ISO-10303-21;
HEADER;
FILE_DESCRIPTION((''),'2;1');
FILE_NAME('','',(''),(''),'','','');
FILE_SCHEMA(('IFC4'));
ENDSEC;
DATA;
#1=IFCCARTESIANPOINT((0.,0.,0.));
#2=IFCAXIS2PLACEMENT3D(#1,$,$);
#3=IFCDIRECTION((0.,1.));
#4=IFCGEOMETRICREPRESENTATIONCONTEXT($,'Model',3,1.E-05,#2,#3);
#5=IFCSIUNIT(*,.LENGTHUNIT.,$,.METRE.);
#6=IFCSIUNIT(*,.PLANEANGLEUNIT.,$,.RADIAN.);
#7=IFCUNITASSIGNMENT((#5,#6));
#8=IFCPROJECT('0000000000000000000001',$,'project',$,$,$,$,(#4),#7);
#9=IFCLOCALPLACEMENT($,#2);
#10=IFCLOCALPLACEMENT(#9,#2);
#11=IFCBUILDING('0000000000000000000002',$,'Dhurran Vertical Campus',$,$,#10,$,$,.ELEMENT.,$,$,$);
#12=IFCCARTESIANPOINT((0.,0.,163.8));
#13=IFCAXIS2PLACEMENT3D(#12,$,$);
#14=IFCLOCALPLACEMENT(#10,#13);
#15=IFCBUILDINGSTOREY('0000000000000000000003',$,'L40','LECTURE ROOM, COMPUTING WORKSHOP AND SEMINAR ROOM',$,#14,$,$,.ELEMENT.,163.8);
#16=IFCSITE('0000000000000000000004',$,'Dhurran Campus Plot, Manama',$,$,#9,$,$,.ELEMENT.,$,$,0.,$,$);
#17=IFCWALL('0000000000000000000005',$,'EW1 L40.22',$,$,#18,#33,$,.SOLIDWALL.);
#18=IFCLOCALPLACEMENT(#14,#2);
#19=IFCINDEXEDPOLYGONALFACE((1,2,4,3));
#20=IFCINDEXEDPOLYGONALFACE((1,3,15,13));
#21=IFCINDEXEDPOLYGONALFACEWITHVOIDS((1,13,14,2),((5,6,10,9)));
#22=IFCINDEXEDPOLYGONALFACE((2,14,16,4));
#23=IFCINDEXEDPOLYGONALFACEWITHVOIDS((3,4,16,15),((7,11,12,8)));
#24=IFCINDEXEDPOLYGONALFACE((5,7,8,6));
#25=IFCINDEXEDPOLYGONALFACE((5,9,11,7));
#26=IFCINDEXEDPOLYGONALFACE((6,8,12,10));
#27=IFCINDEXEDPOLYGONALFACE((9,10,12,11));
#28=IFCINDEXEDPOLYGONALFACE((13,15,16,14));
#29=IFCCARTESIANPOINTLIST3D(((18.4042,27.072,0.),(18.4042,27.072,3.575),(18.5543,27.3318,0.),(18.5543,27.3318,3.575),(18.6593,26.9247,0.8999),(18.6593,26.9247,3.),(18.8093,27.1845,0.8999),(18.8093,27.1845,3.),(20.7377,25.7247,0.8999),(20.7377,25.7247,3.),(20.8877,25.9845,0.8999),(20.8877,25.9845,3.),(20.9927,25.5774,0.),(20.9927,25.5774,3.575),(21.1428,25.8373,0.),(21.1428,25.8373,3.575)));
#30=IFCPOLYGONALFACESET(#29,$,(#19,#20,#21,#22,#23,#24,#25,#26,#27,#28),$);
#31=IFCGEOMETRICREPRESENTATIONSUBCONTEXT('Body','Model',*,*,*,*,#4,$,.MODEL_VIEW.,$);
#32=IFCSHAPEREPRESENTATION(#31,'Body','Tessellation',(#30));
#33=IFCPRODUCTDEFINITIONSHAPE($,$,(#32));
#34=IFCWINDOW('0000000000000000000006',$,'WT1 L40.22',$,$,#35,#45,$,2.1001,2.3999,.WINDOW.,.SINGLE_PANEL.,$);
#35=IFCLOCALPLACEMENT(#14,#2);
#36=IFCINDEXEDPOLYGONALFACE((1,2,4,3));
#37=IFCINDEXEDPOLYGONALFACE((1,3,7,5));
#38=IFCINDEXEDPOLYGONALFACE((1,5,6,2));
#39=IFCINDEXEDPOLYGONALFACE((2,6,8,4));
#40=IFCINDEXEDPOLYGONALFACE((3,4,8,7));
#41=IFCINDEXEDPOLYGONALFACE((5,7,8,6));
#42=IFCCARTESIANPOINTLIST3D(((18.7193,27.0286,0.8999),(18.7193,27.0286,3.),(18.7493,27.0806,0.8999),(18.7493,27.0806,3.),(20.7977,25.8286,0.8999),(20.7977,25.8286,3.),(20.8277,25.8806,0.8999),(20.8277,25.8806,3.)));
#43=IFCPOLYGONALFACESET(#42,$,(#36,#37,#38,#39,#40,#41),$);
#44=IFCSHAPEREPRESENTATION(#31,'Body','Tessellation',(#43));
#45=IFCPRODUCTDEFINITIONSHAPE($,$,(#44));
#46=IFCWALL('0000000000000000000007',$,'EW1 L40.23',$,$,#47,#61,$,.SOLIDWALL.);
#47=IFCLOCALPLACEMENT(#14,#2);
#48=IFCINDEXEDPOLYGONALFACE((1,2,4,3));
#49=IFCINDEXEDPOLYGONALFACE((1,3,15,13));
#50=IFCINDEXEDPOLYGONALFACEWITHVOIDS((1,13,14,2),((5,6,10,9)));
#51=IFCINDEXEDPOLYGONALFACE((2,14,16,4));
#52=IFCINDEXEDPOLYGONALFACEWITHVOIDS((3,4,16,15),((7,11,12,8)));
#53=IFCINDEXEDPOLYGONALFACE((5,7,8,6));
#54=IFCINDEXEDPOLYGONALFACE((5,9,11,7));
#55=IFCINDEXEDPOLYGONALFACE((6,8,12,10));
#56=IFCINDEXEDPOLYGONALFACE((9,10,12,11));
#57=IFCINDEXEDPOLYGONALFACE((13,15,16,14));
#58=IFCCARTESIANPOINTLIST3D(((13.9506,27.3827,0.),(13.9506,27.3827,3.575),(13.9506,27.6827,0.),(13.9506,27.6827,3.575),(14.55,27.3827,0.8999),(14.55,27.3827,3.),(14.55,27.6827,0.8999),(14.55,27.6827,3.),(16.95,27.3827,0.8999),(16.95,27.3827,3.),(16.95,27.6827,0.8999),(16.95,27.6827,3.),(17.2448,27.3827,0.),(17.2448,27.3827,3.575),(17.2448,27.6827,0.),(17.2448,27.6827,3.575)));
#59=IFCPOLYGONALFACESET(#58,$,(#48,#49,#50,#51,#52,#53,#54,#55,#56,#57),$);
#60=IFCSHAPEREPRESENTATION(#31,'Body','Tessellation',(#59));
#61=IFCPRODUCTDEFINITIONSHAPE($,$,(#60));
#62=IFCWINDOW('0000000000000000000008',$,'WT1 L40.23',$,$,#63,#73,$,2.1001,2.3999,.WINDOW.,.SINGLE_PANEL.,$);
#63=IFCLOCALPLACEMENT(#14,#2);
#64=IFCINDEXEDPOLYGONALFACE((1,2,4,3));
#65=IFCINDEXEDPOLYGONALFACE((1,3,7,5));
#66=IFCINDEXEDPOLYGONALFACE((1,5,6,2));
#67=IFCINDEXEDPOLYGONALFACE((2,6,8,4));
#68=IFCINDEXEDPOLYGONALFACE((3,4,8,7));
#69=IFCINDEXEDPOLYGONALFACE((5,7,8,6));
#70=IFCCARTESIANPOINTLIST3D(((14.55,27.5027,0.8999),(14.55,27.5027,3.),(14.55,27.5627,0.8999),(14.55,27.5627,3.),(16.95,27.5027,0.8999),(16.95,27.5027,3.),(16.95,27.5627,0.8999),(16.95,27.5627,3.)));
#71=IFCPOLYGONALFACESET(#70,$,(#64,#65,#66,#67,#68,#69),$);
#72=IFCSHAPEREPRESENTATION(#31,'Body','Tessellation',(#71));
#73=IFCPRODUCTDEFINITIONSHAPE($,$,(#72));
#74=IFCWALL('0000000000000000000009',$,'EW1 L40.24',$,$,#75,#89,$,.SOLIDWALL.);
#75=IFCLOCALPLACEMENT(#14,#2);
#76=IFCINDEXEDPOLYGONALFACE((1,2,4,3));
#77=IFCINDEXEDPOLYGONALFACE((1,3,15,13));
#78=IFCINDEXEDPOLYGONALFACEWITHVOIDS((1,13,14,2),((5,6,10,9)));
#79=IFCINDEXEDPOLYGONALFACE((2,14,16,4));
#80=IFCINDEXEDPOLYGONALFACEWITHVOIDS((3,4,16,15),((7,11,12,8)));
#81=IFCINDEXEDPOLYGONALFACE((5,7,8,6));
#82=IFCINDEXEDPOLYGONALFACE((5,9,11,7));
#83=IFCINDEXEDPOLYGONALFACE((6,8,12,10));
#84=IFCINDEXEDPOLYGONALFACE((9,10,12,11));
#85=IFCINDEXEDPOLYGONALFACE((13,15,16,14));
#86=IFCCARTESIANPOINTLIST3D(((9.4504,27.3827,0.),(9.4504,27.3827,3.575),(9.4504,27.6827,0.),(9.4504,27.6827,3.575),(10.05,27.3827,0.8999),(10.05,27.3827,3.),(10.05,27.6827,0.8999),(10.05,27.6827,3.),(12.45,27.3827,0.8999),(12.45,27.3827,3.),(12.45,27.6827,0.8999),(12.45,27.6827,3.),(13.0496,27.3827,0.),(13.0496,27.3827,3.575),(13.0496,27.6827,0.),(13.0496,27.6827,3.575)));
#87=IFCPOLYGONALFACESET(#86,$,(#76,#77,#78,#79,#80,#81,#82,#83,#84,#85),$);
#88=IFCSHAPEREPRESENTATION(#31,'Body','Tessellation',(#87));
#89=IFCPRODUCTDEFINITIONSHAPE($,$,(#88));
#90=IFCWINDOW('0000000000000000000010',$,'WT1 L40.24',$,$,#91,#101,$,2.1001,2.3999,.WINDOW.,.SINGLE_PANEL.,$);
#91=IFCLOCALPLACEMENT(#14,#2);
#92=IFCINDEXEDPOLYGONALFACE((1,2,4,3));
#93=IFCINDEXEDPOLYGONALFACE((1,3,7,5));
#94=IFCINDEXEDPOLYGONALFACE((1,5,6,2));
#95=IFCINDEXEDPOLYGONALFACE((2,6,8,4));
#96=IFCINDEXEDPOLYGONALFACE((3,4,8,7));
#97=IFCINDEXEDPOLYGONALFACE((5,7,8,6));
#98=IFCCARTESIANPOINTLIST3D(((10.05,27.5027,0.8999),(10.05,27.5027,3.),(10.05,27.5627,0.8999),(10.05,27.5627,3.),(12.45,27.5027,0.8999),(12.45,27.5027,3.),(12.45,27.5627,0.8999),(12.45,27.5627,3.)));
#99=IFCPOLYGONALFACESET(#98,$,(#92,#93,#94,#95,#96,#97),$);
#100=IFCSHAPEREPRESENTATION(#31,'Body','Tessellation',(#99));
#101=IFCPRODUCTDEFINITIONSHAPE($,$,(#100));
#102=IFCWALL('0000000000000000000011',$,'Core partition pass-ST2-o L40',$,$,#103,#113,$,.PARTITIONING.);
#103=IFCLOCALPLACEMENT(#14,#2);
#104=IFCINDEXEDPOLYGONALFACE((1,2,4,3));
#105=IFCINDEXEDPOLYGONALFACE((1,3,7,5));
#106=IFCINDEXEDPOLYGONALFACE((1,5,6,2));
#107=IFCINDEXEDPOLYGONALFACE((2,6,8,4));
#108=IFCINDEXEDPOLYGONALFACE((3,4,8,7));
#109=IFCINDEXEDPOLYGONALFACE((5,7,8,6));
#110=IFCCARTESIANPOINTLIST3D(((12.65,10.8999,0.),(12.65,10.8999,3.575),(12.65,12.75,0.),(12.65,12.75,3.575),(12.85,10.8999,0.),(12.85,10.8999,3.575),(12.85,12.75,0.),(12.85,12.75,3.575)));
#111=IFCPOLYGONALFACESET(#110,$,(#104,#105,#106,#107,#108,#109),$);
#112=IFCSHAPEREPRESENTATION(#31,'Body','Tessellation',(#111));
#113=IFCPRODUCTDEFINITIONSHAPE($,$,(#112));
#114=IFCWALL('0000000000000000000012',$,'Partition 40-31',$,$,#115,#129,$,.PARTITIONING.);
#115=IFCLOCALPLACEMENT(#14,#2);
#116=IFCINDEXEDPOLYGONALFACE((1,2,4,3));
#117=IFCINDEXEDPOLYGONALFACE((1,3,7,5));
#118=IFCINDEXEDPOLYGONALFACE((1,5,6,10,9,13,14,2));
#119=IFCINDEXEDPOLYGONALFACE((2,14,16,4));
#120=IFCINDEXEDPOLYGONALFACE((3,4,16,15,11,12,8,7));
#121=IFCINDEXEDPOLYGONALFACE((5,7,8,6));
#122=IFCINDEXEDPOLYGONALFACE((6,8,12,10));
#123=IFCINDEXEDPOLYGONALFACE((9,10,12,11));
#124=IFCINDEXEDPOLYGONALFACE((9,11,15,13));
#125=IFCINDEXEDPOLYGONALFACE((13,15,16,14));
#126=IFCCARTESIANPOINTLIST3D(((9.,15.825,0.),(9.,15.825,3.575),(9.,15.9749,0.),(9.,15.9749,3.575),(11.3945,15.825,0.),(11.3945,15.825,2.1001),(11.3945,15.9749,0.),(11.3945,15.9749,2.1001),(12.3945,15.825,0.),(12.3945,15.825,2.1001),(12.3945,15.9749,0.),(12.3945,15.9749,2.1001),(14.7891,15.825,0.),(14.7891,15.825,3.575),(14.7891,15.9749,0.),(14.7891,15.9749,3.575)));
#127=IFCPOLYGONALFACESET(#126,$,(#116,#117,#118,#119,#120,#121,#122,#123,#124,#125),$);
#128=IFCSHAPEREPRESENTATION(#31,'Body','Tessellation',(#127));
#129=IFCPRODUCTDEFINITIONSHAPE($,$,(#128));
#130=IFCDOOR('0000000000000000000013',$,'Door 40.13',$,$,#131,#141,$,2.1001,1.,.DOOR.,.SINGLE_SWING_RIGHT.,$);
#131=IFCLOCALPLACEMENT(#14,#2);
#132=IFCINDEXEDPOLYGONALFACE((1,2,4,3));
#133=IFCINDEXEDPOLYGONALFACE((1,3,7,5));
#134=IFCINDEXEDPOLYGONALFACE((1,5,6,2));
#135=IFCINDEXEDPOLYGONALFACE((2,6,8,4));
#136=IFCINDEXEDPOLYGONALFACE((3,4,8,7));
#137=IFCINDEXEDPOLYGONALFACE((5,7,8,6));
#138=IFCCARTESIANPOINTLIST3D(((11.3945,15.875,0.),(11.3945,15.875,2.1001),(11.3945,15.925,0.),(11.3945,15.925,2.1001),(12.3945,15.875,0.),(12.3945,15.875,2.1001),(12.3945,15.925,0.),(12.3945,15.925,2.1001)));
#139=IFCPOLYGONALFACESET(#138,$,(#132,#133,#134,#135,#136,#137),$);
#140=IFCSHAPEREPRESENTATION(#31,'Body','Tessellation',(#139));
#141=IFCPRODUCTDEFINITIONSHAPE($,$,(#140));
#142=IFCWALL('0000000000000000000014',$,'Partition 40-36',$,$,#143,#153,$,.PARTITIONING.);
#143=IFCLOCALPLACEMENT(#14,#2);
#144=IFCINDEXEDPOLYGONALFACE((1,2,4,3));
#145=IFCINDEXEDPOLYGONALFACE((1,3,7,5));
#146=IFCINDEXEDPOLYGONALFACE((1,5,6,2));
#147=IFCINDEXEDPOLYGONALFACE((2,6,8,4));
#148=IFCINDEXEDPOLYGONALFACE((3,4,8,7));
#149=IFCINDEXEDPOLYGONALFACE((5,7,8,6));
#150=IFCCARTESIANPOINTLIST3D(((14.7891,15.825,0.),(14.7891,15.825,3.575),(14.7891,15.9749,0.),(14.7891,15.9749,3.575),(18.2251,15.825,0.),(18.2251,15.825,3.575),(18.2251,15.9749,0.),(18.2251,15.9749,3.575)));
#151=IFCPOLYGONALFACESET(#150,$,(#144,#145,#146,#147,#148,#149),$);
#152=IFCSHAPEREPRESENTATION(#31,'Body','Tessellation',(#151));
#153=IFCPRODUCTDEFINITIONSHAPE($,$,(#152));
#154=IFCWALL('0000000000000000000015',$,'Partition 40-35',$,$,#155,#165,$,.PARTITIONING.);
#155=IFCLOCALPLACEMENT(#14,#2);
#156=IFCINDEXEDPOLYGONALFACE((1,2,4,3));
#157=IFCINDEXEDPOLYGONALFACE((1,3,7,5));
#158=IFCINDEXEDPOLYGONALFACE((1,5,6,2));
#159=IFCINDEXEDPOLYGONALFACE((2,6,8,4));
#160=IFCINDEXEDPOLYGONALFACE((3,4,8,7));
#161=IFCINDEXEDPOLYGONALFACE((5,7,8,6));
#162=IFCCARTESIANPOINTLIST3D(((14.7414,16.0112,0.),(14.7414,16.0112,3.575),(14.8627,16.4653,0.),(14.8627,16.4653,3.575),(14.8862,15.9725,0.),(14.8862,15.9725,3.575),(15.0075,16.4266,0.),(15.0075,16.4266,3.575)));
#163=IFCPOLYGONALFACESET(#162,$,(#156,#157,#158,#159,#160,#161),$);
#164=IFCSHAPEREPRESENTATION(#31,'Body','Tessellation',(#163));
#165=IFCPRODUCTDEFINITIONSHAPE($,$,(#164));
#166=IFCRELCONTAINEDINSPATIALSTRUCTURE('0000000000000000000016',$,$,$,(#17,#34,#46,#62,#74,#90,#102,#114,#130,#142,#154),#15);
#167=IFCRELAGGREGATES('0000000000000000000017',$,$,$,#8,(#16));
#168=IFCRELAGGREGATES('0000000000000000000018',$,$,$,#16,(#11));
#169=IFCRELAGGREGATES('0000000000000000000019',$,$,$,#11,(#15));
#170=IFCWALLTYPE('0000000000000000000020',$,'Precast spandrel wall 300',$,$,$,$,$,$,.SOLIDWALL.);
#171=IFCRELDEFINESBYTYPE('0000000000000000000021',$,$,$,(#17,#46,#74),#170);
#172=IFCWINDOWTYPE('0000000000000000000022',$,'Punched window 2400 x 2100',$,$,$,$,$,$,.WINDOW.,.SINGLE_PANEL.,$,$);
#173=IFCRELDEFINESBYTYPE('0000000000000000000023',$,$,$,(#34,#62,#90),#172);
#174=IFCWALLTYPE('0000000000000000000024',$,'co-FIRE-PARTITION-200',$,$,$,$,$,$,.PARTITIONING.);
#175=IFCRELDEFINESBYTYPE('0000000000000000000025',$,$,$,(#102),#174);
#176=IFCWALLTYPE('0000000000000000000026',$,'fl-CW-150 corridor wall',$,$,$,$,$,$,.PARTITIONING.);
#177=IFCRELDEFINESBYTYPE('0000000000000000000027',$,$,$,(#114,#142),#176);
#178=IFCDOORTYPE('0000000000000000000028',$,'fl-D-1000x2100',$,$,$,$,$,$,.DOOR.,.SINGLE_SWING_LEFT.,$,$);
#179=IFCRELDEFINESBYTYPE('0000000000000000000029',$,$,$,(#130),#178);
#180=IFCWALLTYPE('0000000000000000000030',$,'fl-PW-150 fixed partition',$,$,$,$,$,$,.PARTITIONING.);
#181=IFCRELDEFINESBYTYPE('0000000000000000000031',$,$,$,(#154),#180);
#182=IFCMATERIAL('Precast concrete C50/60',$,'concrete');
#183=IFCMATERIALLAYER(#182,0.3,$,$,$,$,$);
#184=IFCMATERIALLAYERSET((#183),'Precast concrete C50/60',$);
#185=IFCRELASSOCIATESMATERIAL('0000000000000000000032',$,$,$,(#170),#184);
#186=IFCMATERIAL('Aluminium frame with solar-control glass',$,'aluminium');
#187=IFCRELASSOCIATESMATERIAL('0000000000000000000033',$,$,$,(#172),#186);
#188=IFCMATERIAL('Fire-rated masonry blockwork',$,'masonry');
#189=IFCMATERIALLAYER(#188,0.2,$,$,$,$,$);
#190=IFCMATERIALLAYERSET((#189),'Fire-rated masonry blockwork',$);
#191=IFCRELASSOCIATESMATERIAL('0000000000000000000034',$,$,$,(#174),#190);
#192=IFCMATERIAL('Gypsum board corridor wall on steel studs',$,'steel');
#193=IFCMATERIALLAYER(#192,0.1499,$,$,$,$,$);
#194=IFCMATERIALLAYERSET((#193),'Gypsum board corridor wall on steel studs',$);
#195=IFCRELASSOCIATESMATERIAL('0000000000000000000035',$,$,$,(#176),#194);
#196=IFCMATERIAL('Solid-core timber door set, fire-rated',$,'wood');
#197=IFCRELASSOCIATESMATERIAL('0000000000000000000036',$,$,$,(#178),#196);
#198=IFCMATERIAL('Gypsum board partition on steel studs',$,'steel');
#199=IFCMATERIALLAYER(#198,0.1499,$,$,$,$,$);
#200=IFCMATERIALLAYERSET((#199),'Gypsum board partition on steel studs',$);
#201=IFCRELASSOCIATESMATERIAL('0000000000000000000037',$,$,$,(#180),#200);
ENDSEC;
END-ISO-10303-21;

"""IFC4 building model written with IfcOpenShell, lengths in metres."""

from ifc_helpers import new_model, si_unit, direction, frame, frame_2d, origin, place, context, subcontext, project, spatial, rectangle, extrude, material, layer, layer_set, type_object, element, fill, save


model = new_model("IFC4")

# Units and contexts
model_context = context("Model", 3, precision=1e-05, world=origin(), true_north=direction((0.0, 1.0)))
body_context = subcontext(model_context, "Body", "Model", "MODEL_VIEW")
ifc_project = project(units=[si_unit("LENGTHUNIT", "METRE"), si_unit("PLANEANGLEUNIT", "RADIAN")], contexts=[model_context])

# Site, building, storey
site_placement = place(None, origin())
site = spatial("IfcSite", under=ifc_project, at=site_placement, Name="Dhurran Campus Plot, Manama", CompositionType="ELEMENT", RefElevation=0.0)
building_placement = place(site_placement, origin())
building = spatial("IfcBuilding", under=site, at=building_placement, Name="Dhurran Vertical Campus", CompositionType="ELEMENT")
storey_placement = place(building_placement, frame((0.0, 0.0, 163.8)))
storey = spatial("IfcBuildingStorey", under=building, at=storey_placement, Name="L40", Description="LECTURE ROOM, COMPUTING WORKSHOP AND SEMINAR ROOM", CompositionType="ELEMENT", Elevation=163.8)

# Walls, openings, windows
ifc_material_1 = material(Name="Precast concrete C50/60", Category="concrete")
ifc_layer_1 = layer(ifc_material_1, 0.3)
ifc_layer_set_1 = layer_set([ifc_layer_1], Name="Precast concrete C50/60")
wall_type_1 = type_object("IfcWallType", Name="Precast spandrel wall 300", PredefinedType="SOLIDWALL", material=ifc_layer_set_1)
ifc_material_2 = material(Name="Aluminium frame with solar-control glass", Category="aluminium")
window_type = type_object("IfcWindowType", Name="Punched window 2400 x 2100", PartitioningType="SINGLE_PANEL", PredefinedType="WINDOW", material=ifc_material_2)
wall_1_placement = place(storey_placement, frame((21.0679, 25.7073, 0.0), z_axis=(0.0, 0.0, 1.0), x_axis=(-0.866013, 0.500022, 0.0)))
wall_1 = element("IfcWall", 1, at=wall_1_placement, inside=storey, type_object=wall_type_1, Name="EW1 L40.22", PredefinedType="SOLIDWALL", context=body_context, shape_type="SweptSolid", body=[
    extrude(rectangle(XDim=2.989, YDim=0.3, at=frame_2d((1.4946, 0.0))), origin(), (0.0, 0.0, 1.0), 3.575),
])
opening_1_placement = place(wall_1_placement, frame((0.2947, 0.0, 0.8999)))
opening_1 = element("IfcOpeningElement", 2, at=opening_1_placement, cuts=wall_1, PredefinedType="OPENING", context=body_context, shape_type="SweptSolid", body=[
    extrude(rectangle(XDim=2.3999, YDim=2.1001, at=frame_2d((1.2, 1.05))), frame((0.0, 0.1599, 0.0), z_axis=(0.0, -1.0, 0.0), x_axis=(1.0, 0.0, 0.0)), (0.0, 0.0, 1.0), 0.3201),
])
window_1_placement = place(opening_1_placement, origin())
window_1 = element("IfcWindow", 3, at=window_1_placement, inside=storey, type_object=window_type, Name="WT1 L40.22", OverallHeight=2.1001, OverallWidth=2.3999, PartitioningType="SINGLE_PANEL", PredefinedType="WINDOW", context=body_context, shape_type="SweptSolid", body=[
    extrude(rectangle(XDim=2.3999, YDim=2.1001, at=frame_2d((1.2, 1.05))), frame((0.0, 0.03, 0.0), z_axis=(0.0, -1.0, 0.0), x_axis=(1.0, 0.0, 0.0)), (0.0, 0.0, 1.0), 0.0601),
])
fill(opening_1, window_1)
wall_2_placement = place(storey_placement, frame((17.2446, 27.5327, 0.0), z_axis=(0.0, 0.0, 1.0), x_axis=(-1.0, 0.0, 0.0)))
wall_2 = element("IfcWall", 4, at=wall_2_placement, inside=storey, type_object=wall_type_1, Name="EW1 L40.23", PredefinedType="SOLIDWALL", context=body_context, shape_type="SweptSolid", body=[
    extrude(rectangle(XDim=3.2942, YDim=0.3, at=frame_2d((1.647, 0.0))), origin(), (0.0, 0.0, 1.0), 3.575),
])
opening_2_placement = place(wall_2_placement, frame((0.2947, 0.0, 0.8999)))
opening_2 = element("IfcOpeningElement", 5, at=opening_2_placement, cuts=wall_2, PredefinedType="OPENING", context=body_context, shape_type="SweptSolid", body=[
    extrude(rectangle(XDim=2.3999, YDim=2.1001, at=frame_2d((1.2, 1.05))), frame((0.0, 0.1599, 0.0), z_axis=(0.0, -1.0, 0.0), x_axis=(1.0, 0.0, 0.0)), (0.0, 0.0, 1.0), 0.3201),
])
window_2_placement = place(opening_2_placement, origin())
window_2 = element("IfcWindow", 6, at=window_2_placement, inside=storey, type_object=window_type, Name="WT1 L40.23", OverallHeight=2.1001, OverallWidth=2.3999, PartitioningType="SINGLE_PANEL", PredefinedType="WINDOW", context=body_context, shape_type="SweptSolid", body=[
    extrude(rectangle(XDim=2.3999, YDim=2.1001, at=frame_2d((1.2, 1.05))), frame((0.0, 0.03, 0.0), z_axis=(0.0, -1.0, 0.0), x_axis=(1.0, 0.0, 0.0)), (0.0, 0.0, 1.0), 0.0601),
])
fill(opening_2, window_2)
wall_3_placement = place(storey_placement, frame((13.0496, 27.5327, 0.0), z_axis=(0.0, 0.0, 1.0), x_axis=(-1.0, 0.0, 0.0)))
wall_3 = element("IfcWall", 7, at=wall_3_placement, inside=storey, type_object=wall_type_1, Name="EW1 L40.24", PredefinedType="SOLIDWALL", context=body_context, shape_type="SweptSolid", body=[
    extrude(rectangle(XDim=3.5991, YDim=0.3, at=frame_2d((1.7996, 0.0))), origin(), (0.0, 0.0, 1.0), 3.575),
])
opening_3_placement = place(wall_3_placement, frame((0.5996, 0.0, 0.8999)))
opening_3 = element("IfcOpeningElement", 8, at=opening_3_placement, cuts=wall_3, PredefinedType="OPENING", context=body_context, shape_type="SweptSolid", body=[
    extrude(rectangle(XDim=2.3999, YDim=2.1001, at=frame_2d((1.2, 1.05))), frame((0.0, 0.1599, 0.0), z_axis=(0.0, -1.0, 0.0), x_axis=(1.0, 0.0, 0.0)), (0.0, 0.0, 1.0), 0.3201),
])
window_3_placement = place(opening_3_placement, origin())
window_3 = element("IfcWindow", 9, at=window_3_placement, inside=storey, type_object=window_type, Name="WT1 L40.24", OverallHeight=2.1001, OverallWidth=2.3999, PartitioningType="SINGLE_PANEL", PredefinedType="WINDOW", context=body_context, shape_type="SweptSolid", body=[
    extrude(rectangle(XDim=2.3999, YDim=2.1001, at=frame_2d((1.2, 1.05))), frame((0.0, 0.03, 0.0), z_axis=(0.0, -1.0, 0.0), x_axis=(1.0, 0.0, 0.0)), (0.0, 0.0, 1.0), 0.0601),
])
fill(opening_3, window_3)

# Wall
ifc_material_3 = material(Name="Fire-rated masonry blockwork", Category="masonry")
ifc_layer_2 = layer(ifc_material_3, 0.2)
ifc_layer_set_2 = layer_set([ifc_layer_2], Name="Fire-rated masonry blockwork")
wall_type_2 = type_object("IfcWallType", Name="co-FIRE-PARTITION-200", PredefinedType="PARTITIONING", material=ifc_layer_set_2)
wall_4_placement = place(storey_placement, frame((12.75, 10.8999, 0.0), z_axis=(0.0, 0.0, 1.0), x_axis=(0.0, 1.0, 0.0)))
element("IfcWall", 10, at=wall_4_placement, inside=storey, type_object=wall_type_2, Name="Core partition pass-ST2-o L40", PredefinedType="PARTITIONING", context=body_context, shape_type="SweptSolid", body=[
    extrude(rectangle(XDim=1.8501, YDim=0.2, at=frame_2d((0.925, 0.0))), origin(), (0.0, 0.0, 1.0), 3.575),
])

# Wall, opening, door
ifc_material_4 = material(Name="Gypsum board corridor wall on steel studs", Category="steel")
ifc_layer_3 = layer(ifc_material_4, 0.1499)
ifc_layer_set_3 = layer_set([ifc_layer_3], Name="Gypsum board corridor wall on steel studs")
wall_type_3 = type_object("IfcWallType", Name="fl-CW-150 corridor wall", PredefinedType="PARTITIONING", material=ifc_layer_set_3)
wall_5_placement = place(storey_placement, frame((14.7891, 15.8999, 0.0), z_axis=(0.0, 0.0, 1.0), x_axis=(-1.0, 0.0, 0.0)))
wall_5 = element("IfcWall", 11, at=wall_5_placement, inside=storey, type_object=wall_type_3, Name="Partition 40-31", PredefinedType="PARTITIONING", context=body_context, shape_type="SweptSolid", body=[
    extrude(rectangle(XDim=5.7891, YDim=0.1499, at=frame_2d((2.8945, 0.0))), origin(), (0.0, 0.0, 1.0), 3.575),
])
opening_4_placement = place(wall_5_placement, frame((2.3945, 0.0, 0.0)))
opening_4 = element("IfcOpeningElement", 12, at=opening_4_placement, cuts=wall_5, PredefinedType="OPENING", context=body_context, shape_type="SweptSolid", body=[
    extrude(rectangle(XDim=1.0, YDim=2.1001, at=frame_2d((0.5, 1.05))), frame((0.0, 0.085, 0.0), z_axis=(0.0, -1.0, 0.0), x_axis=(1.0, 0.0, 0.0)), (0.0, 0.0, 1.0), 0.1699),
])
ifc_material_5 = material(Name="Solid-core timber door set, fire-rated", Category="wood")
door_type = type_object("IfcDoorType", Name="fl-D-1000x2100", OperationType="SINGLE_SWING_LEFT", PredefinedType="DOOR", material=ifc_material_5)
door_placement = place(opening_4_placement, origin())
door = element("IfcDoor", 13, at=door_placement, inside=storey, type_object=door_type, Name="Door 40.13", OperationType="SINGLE_SWING_RIGHT", OverallHeight=2.1001, OverallWidth=1.0, PredefinedType="DOOR", context=body_context, shape_type="SweptSolid", body=[
    extrude(rectangle(XDim=1.0, YDim=2.1001, at=frame_2d((0.5, 1.05))), frame((0.0, 0.0249, 0.0), z_axis=(0.0, -1.0, 0.0), x_axis=(1.0, 0.0, 0.0)), (0.0, 0.0, 1.0), 0.05),
])
fill(opening_4, door)

# Walls
wall_6_placement = place(storey_placement, frame((18.2251, 15.8999, 0.0), z_axis=(0.0, 0.0, 1.0), x_axis=(-1.0, 0.0, 0.0)))
element("IfcWall", 14, at=wall_6_placement, inside=storey, type_object=wall_type_3, Name="Partition 40-36", PredefinedType="PARTITIONING", context=body_context, shape_type="SweptSolid", body=[
    extrude(rectangle(XDim=3.436, YDim=0.1499, at=frame_2d((1.718, 0.0))), origin(), (0.0, 0.0, 1.0), 3.575),
])
ifc_material_6 = material(Name="Gypsum board partition on steel studs", Category="steel")
ifc_layer_4 = layer(ifc_material_6, 0.1499)
ifc_layer_set_4 = layer_set([ifc_layer_4], Name="Gypsum board partition on steel studs")
wall_type_4 = type_object("IfcWallType", Name="fl-PW-150 fixed partition", PredefinedType="PARTITIONING", material=ifc_layer_set_4)
wall_7_placement = place(storey_placement, frame((14.9351, 16.4458, 0.0), z_axis=(0.0, 0.0, 1.0), x_axis=(-0.258148, -0.966106, 0.0)))
element("IfcWall", 15, at=wall_7_placement, inside=storey, type_object=wall_type_4, Name="Partition 40-35", PredefinedType="PARTITIONING", context=body_context, shape_type="SweptSolid", body=[
    extrude(rectangle(XDim=0.47, YDim=0.1499, at=frame_2d((0.2349, 0.0))), origin(), (0.0, 0.0, 1.0), 3.575),
])

save(model, "model.ifc")
